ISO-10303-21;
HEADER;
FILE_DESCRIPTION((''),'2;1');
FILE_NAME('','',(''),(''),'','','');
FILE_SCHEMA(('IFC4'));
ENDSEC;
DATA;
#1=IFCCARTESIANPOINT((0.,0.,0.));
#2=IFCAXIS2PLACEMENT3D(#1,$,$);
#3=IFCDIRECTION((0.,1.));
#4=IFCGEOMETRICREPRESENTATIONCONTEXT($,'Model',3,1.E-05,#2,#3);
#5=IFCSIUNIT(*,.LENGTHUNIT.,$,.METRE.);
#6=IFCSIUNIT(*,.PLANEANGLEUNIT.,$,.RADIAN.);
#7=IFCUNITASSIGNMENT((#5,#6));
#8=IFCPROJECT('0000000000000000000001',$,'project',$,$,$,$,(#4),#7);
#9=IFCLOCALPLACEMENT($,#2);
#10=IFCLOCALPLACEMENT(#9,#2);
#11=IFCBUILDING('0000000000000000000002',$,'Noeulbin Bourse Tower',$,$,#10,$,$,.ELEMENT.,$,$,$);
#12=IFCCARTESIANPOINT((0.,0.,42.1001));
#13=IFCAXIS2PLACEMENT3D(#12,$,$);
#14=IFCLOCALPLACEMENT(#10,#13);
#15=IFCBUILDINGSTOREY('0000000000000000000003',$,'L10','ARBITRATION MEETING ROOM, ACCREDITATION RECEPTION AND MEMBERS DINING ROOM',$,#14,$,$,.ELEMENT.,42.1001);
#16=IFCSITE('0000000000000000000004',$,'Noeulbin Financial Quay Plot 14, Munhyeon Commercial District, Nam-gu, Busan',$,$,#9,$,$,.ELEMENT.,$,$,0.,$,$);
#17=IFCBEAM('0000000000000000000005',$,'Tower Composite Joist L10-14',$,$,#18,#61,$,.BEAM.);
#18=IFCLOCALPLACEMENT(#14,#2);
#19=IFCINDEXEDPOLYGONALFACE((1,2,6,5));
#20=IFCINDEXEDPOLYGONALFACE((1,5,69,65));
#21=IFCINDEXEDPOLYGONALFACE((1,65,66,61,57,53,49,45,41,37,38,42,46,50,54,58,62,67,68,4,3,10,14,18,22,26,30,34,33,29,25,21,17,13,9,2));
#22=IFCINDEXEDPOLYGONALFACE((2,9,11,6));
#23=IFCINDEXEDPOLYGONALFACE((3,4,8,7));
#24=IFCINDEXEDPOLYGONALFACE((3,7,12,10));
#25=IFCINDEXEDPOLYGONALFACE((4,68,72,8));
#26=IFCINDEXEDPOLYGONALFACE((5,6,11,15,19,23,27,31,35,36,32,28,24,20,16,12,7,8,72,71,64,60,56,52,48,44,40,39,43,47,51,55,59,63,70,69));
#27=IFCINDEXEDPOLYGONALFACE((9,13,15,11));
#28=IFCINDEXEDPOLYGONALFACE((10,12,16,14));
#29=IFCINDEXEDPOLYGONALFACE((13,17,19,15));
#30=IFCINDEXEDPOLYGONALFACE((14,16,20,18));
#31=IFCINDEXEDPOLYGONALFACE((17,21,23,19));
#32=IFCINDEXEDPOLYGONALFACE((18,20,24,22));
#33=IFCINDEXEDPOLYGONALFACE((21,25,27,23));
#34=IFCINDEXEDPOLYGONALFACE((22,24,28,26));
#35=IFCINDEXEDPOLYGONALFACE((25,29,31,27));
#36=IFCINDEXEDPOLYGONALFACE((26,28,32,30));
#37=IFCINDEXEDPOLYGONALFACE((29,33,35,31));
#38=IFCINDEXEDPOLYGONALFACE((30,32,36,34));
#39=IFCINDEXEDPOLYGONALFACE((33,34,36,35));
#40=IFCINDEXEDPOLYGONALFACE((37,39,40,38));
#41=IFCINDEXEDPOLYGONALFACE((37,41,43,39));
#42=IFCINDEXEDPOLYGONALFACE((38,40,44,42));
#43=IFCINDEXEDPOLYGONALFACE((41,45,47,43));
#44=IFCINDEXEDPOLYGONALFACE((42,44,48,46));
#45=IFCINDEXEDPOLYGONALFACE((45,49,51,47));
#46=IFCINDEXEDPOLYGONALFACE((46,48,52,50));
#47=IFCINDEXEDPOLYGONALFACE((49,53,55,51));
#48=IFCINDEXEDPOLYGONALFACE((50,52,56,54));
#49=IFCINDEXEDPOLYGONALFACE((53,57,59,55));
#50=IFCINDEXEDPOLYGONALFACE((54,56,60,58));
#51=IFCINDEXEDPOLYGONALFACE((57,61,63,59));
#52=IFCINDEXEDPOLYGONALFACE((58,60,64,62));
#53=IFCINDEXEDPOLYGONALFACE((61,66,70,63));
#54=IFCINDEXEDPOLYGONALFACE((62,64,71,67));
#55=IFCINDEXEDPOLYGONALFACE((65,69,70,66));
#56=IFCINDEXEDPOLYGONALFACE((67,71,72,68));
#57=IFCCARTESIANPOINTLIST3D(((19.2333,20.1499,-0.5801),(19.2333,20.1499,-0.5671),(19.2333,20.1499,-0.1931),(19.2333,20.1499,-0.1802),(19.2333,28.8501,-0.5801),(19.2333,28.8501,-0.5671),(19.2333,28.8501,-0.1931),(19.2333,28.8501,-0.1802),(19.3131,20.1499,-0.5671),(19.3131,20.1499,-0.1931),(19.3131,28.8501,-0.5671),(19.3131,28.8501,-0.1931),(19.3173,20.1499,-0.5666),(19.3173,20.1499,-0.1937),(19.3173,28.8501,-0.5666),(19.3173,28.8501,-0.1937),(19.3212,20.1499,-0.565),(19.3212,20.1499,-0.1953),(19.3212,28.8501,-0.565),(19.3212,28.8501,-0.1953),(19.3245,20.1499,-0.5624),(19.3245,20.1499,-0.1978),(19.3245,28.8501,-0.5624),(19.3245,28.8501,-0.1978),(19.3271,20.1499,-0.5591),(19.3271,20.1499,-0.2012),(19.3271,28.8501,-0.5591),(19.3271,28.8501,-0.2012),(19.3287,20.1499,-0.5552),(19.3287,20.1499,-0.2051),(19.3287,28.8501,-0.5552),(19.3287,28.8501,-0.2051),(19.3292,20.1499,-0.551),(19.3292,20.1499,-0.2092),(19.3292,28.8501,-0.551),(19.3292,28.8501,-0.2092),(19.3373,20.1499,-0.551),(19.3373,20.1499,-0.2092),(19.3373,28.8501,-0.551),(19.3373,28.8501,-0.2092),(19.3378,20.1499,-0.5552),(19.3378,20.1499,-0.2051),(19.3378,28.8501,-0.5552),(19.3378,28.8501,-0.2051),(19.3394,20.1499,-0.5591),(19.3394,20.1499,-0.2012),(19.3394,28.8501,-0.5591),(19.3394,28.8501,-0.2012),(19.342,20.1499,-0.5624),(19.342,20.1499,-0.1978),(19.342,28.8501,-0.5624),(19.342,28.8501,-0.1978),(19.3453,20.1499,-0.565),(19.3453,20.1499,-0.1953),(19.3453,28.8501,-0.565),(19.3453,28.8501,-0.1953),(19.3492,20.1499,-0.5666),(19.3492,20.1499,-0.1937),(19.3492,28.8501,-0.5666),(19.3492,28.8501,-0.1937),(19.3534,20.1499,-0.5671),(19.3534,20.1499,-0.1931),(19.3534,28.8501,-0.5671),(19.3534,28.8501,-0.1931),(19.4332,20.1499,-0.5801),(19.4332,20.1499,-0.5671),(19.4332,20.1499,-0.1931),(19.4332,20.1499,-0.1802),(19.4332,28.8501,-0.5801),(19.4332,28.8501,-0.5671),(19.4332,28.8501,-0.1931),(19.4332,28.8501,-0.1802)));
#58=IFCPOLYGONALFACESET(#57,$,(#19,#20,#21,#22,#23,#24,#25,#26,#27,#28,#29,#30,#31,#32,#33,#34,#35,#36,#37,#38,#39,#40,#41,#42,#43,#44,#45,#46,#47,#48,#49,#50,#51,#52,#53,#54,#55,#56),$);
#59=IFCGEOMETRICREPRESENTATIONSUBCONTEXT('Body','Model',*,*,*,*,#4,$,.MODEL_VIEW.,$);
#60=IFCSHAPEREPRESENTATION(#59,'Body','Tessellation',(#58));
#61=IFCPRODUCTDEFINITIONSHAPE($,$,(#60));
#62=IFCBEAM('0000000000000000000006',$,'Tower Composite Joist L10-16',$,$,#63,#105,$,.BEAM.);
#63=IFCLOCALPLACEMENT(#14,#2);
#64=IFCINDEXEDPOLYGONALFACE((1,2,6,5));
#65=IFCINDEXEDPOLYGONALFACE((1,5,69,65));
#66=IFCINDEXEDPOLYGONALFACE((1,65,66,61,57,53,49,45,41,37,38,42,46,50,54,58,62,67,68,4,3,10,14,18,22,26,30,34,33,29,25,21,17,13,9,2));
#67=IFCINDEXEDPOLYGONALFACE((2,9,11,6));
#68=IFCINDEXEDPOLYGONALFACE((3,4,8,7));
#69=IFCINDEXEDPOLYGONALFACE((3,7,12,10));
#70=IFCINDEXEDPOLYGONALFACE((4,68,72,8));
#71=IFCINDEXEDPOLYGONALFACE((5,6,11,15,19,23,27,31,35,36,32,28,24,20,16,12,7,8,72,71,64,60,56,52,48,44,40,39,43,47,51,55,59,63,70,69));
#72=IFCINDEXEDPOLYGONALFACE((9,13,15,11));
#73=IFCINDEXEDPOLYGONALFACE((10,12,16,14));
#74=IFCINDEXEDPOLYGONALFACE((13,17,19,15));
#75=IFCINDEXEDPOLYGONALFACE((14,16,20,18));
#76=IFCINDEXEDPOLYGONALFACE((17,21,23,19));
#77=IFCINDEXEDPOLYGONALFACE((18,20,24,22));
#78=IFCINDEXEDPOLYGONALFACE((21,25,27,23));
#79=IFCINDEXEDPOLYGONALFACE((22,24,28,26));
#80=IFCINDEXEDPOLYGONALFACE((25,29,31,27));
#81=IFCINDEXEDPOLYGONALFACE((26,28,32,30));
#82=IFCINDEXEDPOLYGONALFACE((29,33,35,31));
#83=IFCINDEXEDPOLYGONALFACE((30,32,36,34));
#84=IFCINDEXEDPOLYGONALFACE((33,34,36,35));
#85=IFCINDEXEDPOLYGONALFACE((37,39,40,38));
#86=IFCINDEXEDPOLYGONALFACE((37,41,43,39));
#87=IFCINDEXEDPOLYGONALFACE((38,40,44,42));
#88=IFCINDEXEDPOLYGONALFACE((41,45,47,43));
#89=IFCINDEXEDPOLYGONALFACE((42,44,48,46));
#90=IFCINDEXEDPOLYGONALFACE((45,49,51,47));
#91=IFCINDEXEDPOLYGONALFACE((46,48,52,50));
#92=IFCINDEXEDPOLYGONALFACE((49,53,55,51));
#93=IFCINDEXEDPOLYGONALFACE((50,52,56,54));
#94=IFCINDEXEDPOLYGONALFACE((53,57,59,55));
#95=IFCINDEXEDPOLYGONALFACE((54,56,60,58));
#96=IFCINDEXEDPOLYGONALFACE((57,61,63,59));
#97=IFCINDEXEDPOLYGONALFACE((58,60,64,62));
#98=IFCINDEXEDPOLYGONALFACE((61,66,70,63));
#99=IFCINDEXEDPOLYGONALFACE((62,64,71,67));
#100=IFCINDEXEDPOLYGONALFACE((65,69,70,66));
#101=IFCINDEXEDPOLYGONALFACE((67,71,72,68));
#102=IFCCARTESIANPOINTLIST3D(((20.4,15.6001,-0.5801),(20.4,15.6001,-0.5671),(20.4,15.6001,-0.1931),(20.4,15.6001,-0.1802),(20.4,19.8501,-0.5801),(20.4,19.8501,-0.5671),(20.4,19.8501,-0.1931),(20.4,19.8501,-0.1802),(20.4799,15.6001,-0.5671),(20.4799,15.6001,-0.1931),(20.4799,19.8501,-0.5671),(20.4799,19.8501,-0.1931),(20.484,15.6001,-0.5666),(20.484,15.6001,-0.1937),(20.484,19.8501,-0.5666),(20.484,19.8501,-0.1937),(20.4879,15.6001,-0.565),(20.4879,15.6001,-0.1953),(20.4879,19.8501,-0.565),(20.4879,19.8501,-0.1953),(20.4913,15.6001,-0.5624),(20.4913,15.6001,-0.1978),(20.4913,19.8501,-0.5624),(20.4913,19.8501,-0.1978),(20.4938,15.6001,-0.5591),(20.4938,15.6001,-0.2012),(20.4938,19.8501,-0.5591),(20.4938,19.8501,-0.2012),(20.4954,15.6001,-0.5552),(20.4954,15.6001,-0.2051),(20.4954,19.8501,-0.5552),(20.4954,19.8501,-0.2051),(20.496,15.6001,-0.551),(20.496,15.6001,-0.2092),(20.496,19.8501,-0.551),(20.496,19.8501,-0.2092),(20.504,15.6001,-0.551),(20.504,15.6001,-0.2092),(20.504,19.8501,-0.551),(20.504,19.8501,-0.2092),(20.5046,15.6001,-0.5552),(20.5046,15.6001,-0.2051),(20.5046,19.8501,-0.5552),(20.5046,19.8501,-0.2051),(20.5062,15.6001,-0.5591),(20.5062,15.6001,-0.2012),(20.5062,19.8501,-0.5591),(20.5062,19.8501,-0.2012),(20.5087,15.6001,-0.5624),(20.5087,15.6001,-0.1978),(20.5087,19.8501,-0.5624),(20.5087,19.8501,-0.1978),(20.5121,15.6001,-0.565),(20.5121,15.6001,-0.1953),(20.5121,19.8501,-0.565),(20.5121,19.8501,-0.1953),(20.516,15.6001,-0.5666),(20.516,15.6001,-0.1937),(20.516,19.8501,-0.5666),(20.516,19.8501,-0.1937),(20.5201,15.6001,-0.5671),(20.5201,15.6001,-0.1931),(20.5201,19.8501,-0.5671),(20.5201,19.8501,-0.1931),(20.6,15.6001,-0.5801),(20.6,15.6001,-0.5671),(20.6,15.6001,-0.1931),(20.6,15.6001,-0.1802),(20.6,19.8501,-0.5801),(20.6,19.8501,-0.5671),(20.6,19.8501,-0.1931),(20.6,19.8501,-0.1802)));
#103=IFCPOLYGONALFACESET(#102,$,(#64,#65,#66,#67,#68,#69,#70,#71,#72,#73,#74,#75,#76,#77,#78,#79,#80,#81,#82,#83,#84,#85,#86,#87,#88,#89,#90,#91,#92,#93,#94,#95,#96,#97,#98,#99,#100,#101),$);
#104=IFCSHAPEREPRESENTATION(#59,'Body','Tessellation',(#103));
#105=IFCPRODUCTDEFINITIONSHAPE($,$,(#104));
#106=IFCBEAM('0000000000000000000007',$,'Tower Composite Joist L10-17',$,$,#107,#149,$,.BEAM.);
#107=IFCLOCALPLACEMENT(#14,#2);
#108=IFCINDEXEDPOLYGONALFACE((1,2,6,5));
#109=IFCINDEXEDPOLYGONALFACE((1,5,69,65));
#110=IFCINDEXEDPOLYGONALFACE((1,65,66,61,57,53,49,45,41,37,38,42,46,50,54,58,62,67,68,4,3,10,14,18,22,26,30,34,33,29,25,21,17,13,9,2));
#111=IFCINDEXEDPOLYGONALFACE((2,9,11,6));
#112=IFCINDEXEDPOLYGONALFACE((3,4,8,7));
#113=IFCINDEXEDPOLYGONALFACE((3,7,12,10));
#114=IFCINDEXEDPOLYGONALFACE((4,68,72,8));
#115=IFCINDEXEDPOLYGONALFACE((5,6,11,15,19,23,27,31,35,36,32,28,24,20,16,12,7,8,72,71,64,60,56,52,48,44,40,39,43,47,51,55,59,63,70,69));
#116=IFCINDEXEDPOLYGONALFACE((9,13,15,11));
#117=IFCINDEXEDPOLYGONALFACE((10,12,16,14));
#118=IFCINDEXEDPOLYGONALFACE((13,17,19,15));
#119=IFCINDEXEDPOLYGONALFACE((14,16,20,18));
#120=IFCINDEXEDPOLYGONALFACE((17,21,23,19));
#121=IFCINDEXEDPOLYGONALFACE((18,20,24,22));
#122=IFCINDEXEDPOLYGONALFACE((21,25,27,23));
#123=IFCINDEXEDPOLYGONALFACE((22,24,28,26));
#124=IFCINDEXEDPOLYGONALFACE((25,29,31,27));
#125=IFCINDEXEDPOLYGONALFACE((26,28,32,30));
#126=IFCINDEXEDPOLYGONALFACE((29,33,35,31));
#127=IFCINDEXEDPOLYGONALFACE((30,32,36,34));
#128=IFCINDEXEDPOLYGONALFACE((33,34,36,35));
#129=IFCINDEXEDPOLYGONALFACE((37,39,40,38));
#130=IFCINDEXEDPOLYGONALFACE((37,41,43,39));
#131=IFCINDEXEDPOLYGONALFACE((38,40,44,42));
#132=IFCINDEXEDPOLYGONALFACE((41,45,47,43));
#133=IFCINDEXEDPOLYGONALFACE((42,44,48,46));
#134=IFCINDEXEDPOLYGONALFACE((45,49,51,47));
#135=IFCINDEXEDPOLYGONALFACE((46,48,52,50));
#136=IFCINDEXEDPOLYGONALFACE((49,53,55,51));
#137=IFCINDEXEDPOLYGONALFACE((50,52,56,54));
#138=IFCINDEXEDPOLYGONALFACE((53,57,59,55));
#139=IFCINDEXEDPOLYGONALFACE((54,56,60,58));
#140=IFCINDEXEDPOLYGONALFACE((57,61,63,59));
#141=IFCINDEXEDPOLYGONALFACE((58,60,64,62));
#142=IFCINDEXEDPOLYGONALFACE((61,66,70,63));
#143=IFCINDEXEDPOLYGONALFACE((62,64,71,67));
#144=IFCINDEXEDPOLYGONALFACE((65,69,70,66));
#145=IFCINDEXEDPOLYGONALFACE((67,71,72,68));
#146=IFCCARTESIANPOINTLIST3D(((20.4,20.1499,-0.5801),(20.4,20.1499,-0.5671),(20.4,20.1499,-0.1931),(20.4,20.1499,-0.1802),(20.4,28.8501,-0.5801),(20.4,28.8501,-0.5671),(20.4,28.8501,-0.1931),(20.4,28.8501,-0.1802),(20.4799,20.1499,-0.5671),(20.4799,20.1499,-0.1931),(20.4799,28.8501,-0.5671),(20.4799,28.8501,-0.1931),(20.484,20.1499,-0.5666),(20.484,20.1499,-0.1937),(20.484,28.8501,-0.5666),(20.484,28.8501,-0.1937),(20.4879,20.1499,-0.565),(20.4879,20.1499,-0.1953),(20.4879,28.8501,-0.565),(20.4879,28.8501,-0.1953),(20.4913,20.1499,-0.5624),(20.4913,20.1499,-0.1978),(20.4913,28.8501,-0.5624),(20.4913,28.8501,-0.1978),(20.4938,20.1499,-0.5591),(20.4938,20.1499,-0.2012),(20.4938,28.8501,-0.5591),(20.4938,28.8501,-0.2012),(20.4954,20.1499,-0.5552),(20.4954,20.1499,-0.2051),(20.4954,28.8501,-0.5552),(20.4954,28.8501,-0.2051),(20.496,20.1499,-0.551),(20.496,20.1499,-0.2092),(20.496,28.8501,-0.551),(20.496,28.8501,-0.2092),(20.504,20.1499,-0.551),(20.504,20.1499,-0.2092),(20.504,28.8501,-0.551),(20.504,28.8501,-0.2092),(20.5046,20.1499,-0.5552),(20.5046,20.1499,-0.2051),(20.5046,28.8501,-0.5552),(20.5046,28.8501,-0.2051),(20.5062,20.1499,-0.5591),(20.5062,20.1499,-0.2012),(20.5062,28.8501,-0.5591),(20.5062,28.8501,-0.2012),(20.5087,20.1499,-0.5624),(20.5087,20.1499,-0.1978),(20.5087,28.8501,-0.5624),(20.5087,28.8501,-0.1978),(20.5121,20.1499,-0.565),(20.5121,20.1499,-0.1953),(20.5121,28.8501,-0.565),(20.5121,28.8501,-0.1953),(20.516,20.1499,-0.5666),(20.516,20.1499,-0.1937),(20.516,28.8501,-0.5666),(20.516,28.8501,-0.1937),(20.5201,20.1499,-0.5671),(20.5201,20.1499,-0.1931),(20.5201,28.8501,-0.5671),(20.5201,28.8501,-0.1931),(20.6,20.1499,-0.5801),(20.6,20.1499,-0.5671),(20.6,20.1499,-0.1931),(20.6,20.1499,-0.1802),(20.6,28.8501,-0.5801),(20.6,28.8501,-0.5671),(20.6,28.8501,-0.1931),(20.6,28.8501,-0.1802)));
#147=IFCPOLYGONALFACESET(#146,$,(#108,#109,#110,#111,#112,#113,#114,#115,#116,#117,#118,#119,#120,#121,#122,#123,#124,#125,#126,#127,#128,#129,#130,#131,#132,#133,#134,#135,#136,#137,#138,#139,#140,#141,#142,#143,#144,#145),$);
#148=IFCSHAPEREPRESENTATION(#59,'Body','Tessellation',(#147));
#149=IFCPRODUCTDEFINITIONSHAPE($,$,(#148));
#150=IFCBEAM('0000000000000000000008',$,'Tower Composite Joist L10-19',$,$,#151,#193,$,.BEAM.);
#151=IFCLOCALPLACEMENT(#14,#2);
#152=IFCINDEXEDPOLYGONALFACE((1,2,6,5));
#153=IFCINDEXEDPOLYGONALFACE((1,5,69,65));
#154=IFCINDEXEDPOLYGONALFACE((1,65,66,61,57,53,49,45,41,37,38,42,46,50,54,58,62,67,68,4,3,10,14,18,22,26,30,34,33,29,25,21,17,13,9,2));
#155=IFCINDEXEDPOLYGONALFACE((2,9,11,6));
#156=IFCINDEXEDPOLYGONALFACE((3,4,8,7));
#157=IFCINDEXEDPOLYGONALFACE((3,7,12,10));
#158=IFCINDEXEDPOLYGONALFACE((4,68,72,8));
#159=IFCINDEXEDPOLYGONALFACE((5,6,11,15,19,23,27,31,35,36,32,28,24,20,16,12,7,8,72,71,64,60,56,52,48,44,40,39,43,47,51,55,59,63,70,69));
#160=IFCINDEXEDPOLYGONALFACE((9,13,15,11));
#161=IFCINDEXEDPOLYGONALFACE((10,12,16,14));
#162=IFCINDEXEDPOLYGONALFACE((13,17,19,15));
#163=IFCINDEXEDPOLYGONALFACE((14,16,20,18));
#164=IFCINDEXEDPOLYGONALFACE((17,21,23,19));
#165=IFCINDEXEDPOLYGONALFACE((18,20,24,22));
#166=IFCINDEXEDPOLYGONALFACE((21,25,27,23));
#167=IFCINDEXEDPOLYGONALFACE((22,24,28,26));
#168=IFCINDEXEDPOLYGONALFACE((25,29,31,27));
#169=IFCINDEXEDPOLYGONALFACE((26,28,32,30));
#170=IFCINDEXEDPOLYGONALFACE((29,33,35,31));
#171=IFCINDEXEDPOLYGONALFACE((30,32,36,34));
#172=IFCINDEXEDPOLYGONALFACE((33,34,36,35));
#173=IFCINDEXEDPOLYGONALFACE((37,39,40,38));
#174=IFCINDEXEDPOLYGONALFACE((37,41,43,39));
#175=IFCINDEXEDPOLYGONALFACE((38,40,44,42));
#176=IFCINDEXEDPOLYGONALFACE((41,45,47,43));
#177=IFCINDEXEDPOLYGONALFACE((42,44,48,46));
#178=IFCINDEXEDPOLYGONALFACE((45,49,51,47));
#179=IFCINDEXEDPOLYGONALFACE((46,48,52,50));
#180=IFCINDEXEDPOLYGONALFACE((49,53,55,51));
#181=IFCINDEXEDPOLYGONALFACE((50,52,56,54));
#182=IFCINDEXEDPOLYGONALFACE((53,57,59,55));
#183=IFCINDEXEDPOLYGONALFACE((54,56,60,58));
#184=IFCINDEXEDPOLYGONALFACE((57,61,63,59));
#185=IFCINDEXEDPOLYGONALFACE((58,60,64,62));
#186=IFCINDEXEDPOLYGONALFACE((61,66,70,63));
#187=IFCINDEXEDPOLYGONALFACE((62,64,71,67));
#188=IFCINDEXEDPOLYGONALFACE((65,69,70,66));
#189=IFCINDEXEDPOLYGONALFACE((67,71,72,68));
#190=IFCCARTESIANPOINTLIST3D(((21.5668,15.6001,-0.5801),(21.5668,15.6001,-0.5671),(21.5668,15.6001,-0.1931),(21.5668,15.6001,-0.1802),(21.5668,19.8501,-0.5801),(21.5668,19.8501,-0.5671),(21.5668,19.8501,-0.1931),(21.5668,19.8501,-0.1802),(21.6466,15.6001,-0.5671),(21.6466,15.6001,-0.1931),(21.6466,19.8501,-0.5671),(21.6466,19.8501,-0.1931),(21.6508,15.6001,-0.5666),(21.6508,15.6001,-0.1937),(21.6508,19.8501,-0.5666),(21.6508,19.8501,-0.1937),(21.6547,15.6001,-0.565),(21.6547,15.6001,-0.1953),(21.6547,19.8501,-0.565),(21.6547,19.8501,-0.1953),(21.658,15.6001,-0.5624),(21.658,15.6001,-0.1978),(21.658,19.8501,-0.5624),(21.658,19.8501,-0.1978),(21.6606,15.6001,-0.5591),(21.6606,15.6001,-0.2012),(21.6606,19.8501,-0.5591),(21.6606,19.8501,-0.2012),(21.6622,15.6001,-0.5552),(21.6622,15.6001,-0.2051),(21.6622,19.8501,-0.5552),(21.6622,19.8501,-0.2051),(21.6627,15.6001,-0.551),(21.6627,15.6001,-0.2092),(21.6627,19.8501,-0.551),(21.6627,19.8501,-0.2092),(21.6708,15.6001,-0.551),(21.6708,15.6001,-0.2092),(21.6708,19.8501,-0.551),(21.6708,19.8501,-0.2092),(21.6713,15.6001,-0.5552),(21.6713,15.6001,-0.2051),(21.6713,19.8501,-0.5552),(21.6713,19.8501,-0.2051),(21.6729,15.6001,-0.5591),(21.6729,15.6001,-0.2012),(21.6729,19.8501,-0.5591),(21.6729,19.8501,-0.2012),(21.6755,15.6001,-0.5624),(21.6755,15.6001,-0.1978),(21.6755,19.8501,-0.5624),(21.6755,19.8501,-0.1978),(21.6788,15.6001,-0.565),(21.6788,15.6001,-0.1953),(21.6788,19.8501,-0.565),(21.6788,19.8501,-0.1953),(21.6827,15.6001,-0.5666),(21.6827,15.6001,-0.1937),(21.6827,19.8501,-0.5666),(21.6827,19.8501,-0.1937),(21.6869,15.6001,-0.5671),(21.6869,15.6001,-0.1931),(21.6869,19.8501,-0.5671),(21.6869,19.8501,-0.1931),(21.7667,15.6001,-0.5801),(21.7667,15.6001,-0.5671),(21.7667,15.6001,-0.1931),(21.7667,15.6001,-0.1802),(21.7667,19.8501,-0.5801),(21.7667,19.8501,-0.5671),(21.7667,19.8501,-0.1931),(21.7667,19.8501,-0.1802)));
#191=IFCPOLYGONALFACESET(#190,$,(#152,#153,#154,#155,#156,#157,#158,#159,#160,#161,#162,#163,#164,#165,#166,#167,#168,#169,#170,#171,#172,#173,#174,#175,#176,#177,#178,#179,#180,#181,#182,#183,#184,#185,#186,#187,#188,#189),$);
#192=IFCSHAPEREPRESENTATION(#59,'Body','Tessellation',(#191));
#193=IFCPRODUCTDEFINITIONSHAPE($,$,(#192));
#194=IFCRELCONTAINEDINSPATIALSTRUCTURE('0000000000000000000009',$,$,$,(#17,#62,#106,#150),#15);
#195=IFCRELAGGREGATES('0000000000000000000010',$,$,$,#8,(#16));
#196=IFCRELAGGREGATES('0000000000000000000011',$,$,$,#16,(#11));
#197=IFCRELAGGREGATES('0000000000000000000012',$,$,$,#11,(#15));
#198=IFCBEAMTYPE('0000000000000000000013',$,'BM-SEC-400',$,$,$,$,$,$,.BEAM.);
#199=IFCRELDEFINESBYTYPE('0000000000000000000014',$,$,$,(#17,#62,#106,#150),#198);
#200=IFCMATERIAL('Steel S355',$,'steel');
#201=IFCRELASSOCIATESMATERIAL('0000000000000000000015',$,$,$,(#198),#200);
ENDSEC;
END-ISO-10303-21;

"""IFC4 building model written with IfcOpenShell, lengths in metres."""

from ifc_helpers import new_model, si_unit, direction, frame, origin, origin_2d, place, context, subcontext, project, spatial, i_section, extrude, material, material_profile, profile_set, type_object, element, save


model = new_model("IFC4")

# Units and contexts
model_context = context("Model", 3, precision=1e-05, world=origin(), true_north=direction((0.0, 1.0)))
body_context = subcontext(model_context, "Body", "Model", "MODEL_VIEW")
ifc_project = project(units=[si_unit("LENGTHUNIT", "METRE"), si_unit("PLANEANGLEUNIT", "RADIAN")], contexts=[model_context])

# Site, building, storey
site_placement = place(None, origin())
site = spatial("IfcSite", under=ifc_project, at=site_placement, Name="Noeulbin Financial Quay Plot 14, Munhyeon Commercial District, Nam-gu, Busan", CompositionType="ELEMENT", RefElevation=0.0)
building_placement = place(site_placement, origin())
building = spatial("IfcBuilding", under=site, at=building_placement, Name="Noeulbin Bourse Tower", CompositionType="ELEMENT")
storey_placement = place(building_placement, frame((0.0, 0.0, 42.1001)))
storey = spatial("IfcBuildingStorey", under=building, at=storey_placement, Name="L10", Description="ARBITRATION MEETING ROOM, ACCREDITATION RECEPTION AND MEMBERS DINING ROOM", CompositionType="ELEMENT", Elevation=42.1001)

# Beams
ifc_material_1 = material(Name="Steel S355", Category="steel")
ifc_material_profile_1 = material_profile(ifc_material_1, i_section(OverallWidth=0.2, OverallDepth=0.3999, WebThickness=0.0081, FlangeThickness=0.0129, FilletRadius=0.0161, at=origin_2d()), Name="H-400x200x8x13", Category="LoadBearing")
ifc_profile_set_1 = profile_set([ifc_material_profile_1], Name="Steel S355")
beam_type = type_object("IfcBeamType", Name="BM-SEC-400", PredefinedType="BEAM", material=ifc_profile_set_1)
beam_1_placement = place(storey_placement, frame((19.3333, 20.1499, -0.3801), z_axis=(0.0, 1.0, 0.0), x_axis=(-1.0, 0.0, 0.0)))
element("IfcBeam", 1, at=beam_1_placement, inside=storey, type_object=beam_type, Name="Tower Composite Joist L10-14", PredefinedType="BEAM", context=body_context, shape_type="SweptSolid", body=[
    extrude(i_section(OverallWidth=0.2, OverallDepth=0.3999, WebThickness=0.0081, FlangeThickness=0.0129, FilletRadius=0.0161, at=origin_2d()), origin(), (0.0, 0.0, 1.0), 8.7002),
])
beam_2_placement = place(storey_placement, frame((20.5, 15.6001, -0.3801), z_axis=(0.0, 1.0, 0.0), x_axis=(-1.0, 0.0, 0.0)))
element("IfcBeam", 2, at=beam_2_placement, inside=storey, type_object=beam_type, Name="Tower Composite Joist L10-16", PredefinedType="BEAM", context=body_context, shape_type="SweptSolid", body=[
    extrude(i_section(OverallWidth=0.2, OverallDepth=0.3999, WebThickness=0.0081, FlangeThickness=0.0129, FilletRadius=0.0161, at=origin_2d()), origin(), (0.0, 0.0, 1.0), 4.25),
])
beam_3_placement = place(storey_placement, frame((20.5, 20.1499, -0.3801), z_axis=(0.0, 1.0, 0.0), x_axis=(-1.0, 0.0, 0.0)))
element("IfcBeam", 3, at=beam_3_placement, inside=storey, type_object=beam_type, Name="Tower Composite Joist L10-17", PredefinedType="BEAM", context=body_context, shape_type="SweptSolid", body=[
    extrude(i_section(OverallWidth=0.2, OverallDepth=0.3999, WebThickness=0.0081, FlangeThickness=0.0129, FilletRadius=0.0161, at=origin_2d()), origin(), (0.0, 0.0, 1.0), 8.7002),
])
beam_4_placement = place(storey_placement, frame((21.6667, 15.6001, -0.3801), z_axis=(0.0, 1.0, 0.0), x_axis=(-1.0, 0.0, 0.0)))
element("IfcBeam", 4, at=beam_4_placement, inside=storey, type_object=beam_type, Name="Tower Composite Joist L10-19", PredefinedType="BEAM", context=body_context, shape_type="SweptSolid", body=[
    extrude(i_section(OverallWidth=0.2, OverallDepth=0.3999, WebThickness=0.0081, FlangeThickness=0.0129, FilletRadius=0.0161, at=origin_2d()), origin(), (0.0, 0.0, 1.0), 4.25),
])

save(model, "model.ifc")
